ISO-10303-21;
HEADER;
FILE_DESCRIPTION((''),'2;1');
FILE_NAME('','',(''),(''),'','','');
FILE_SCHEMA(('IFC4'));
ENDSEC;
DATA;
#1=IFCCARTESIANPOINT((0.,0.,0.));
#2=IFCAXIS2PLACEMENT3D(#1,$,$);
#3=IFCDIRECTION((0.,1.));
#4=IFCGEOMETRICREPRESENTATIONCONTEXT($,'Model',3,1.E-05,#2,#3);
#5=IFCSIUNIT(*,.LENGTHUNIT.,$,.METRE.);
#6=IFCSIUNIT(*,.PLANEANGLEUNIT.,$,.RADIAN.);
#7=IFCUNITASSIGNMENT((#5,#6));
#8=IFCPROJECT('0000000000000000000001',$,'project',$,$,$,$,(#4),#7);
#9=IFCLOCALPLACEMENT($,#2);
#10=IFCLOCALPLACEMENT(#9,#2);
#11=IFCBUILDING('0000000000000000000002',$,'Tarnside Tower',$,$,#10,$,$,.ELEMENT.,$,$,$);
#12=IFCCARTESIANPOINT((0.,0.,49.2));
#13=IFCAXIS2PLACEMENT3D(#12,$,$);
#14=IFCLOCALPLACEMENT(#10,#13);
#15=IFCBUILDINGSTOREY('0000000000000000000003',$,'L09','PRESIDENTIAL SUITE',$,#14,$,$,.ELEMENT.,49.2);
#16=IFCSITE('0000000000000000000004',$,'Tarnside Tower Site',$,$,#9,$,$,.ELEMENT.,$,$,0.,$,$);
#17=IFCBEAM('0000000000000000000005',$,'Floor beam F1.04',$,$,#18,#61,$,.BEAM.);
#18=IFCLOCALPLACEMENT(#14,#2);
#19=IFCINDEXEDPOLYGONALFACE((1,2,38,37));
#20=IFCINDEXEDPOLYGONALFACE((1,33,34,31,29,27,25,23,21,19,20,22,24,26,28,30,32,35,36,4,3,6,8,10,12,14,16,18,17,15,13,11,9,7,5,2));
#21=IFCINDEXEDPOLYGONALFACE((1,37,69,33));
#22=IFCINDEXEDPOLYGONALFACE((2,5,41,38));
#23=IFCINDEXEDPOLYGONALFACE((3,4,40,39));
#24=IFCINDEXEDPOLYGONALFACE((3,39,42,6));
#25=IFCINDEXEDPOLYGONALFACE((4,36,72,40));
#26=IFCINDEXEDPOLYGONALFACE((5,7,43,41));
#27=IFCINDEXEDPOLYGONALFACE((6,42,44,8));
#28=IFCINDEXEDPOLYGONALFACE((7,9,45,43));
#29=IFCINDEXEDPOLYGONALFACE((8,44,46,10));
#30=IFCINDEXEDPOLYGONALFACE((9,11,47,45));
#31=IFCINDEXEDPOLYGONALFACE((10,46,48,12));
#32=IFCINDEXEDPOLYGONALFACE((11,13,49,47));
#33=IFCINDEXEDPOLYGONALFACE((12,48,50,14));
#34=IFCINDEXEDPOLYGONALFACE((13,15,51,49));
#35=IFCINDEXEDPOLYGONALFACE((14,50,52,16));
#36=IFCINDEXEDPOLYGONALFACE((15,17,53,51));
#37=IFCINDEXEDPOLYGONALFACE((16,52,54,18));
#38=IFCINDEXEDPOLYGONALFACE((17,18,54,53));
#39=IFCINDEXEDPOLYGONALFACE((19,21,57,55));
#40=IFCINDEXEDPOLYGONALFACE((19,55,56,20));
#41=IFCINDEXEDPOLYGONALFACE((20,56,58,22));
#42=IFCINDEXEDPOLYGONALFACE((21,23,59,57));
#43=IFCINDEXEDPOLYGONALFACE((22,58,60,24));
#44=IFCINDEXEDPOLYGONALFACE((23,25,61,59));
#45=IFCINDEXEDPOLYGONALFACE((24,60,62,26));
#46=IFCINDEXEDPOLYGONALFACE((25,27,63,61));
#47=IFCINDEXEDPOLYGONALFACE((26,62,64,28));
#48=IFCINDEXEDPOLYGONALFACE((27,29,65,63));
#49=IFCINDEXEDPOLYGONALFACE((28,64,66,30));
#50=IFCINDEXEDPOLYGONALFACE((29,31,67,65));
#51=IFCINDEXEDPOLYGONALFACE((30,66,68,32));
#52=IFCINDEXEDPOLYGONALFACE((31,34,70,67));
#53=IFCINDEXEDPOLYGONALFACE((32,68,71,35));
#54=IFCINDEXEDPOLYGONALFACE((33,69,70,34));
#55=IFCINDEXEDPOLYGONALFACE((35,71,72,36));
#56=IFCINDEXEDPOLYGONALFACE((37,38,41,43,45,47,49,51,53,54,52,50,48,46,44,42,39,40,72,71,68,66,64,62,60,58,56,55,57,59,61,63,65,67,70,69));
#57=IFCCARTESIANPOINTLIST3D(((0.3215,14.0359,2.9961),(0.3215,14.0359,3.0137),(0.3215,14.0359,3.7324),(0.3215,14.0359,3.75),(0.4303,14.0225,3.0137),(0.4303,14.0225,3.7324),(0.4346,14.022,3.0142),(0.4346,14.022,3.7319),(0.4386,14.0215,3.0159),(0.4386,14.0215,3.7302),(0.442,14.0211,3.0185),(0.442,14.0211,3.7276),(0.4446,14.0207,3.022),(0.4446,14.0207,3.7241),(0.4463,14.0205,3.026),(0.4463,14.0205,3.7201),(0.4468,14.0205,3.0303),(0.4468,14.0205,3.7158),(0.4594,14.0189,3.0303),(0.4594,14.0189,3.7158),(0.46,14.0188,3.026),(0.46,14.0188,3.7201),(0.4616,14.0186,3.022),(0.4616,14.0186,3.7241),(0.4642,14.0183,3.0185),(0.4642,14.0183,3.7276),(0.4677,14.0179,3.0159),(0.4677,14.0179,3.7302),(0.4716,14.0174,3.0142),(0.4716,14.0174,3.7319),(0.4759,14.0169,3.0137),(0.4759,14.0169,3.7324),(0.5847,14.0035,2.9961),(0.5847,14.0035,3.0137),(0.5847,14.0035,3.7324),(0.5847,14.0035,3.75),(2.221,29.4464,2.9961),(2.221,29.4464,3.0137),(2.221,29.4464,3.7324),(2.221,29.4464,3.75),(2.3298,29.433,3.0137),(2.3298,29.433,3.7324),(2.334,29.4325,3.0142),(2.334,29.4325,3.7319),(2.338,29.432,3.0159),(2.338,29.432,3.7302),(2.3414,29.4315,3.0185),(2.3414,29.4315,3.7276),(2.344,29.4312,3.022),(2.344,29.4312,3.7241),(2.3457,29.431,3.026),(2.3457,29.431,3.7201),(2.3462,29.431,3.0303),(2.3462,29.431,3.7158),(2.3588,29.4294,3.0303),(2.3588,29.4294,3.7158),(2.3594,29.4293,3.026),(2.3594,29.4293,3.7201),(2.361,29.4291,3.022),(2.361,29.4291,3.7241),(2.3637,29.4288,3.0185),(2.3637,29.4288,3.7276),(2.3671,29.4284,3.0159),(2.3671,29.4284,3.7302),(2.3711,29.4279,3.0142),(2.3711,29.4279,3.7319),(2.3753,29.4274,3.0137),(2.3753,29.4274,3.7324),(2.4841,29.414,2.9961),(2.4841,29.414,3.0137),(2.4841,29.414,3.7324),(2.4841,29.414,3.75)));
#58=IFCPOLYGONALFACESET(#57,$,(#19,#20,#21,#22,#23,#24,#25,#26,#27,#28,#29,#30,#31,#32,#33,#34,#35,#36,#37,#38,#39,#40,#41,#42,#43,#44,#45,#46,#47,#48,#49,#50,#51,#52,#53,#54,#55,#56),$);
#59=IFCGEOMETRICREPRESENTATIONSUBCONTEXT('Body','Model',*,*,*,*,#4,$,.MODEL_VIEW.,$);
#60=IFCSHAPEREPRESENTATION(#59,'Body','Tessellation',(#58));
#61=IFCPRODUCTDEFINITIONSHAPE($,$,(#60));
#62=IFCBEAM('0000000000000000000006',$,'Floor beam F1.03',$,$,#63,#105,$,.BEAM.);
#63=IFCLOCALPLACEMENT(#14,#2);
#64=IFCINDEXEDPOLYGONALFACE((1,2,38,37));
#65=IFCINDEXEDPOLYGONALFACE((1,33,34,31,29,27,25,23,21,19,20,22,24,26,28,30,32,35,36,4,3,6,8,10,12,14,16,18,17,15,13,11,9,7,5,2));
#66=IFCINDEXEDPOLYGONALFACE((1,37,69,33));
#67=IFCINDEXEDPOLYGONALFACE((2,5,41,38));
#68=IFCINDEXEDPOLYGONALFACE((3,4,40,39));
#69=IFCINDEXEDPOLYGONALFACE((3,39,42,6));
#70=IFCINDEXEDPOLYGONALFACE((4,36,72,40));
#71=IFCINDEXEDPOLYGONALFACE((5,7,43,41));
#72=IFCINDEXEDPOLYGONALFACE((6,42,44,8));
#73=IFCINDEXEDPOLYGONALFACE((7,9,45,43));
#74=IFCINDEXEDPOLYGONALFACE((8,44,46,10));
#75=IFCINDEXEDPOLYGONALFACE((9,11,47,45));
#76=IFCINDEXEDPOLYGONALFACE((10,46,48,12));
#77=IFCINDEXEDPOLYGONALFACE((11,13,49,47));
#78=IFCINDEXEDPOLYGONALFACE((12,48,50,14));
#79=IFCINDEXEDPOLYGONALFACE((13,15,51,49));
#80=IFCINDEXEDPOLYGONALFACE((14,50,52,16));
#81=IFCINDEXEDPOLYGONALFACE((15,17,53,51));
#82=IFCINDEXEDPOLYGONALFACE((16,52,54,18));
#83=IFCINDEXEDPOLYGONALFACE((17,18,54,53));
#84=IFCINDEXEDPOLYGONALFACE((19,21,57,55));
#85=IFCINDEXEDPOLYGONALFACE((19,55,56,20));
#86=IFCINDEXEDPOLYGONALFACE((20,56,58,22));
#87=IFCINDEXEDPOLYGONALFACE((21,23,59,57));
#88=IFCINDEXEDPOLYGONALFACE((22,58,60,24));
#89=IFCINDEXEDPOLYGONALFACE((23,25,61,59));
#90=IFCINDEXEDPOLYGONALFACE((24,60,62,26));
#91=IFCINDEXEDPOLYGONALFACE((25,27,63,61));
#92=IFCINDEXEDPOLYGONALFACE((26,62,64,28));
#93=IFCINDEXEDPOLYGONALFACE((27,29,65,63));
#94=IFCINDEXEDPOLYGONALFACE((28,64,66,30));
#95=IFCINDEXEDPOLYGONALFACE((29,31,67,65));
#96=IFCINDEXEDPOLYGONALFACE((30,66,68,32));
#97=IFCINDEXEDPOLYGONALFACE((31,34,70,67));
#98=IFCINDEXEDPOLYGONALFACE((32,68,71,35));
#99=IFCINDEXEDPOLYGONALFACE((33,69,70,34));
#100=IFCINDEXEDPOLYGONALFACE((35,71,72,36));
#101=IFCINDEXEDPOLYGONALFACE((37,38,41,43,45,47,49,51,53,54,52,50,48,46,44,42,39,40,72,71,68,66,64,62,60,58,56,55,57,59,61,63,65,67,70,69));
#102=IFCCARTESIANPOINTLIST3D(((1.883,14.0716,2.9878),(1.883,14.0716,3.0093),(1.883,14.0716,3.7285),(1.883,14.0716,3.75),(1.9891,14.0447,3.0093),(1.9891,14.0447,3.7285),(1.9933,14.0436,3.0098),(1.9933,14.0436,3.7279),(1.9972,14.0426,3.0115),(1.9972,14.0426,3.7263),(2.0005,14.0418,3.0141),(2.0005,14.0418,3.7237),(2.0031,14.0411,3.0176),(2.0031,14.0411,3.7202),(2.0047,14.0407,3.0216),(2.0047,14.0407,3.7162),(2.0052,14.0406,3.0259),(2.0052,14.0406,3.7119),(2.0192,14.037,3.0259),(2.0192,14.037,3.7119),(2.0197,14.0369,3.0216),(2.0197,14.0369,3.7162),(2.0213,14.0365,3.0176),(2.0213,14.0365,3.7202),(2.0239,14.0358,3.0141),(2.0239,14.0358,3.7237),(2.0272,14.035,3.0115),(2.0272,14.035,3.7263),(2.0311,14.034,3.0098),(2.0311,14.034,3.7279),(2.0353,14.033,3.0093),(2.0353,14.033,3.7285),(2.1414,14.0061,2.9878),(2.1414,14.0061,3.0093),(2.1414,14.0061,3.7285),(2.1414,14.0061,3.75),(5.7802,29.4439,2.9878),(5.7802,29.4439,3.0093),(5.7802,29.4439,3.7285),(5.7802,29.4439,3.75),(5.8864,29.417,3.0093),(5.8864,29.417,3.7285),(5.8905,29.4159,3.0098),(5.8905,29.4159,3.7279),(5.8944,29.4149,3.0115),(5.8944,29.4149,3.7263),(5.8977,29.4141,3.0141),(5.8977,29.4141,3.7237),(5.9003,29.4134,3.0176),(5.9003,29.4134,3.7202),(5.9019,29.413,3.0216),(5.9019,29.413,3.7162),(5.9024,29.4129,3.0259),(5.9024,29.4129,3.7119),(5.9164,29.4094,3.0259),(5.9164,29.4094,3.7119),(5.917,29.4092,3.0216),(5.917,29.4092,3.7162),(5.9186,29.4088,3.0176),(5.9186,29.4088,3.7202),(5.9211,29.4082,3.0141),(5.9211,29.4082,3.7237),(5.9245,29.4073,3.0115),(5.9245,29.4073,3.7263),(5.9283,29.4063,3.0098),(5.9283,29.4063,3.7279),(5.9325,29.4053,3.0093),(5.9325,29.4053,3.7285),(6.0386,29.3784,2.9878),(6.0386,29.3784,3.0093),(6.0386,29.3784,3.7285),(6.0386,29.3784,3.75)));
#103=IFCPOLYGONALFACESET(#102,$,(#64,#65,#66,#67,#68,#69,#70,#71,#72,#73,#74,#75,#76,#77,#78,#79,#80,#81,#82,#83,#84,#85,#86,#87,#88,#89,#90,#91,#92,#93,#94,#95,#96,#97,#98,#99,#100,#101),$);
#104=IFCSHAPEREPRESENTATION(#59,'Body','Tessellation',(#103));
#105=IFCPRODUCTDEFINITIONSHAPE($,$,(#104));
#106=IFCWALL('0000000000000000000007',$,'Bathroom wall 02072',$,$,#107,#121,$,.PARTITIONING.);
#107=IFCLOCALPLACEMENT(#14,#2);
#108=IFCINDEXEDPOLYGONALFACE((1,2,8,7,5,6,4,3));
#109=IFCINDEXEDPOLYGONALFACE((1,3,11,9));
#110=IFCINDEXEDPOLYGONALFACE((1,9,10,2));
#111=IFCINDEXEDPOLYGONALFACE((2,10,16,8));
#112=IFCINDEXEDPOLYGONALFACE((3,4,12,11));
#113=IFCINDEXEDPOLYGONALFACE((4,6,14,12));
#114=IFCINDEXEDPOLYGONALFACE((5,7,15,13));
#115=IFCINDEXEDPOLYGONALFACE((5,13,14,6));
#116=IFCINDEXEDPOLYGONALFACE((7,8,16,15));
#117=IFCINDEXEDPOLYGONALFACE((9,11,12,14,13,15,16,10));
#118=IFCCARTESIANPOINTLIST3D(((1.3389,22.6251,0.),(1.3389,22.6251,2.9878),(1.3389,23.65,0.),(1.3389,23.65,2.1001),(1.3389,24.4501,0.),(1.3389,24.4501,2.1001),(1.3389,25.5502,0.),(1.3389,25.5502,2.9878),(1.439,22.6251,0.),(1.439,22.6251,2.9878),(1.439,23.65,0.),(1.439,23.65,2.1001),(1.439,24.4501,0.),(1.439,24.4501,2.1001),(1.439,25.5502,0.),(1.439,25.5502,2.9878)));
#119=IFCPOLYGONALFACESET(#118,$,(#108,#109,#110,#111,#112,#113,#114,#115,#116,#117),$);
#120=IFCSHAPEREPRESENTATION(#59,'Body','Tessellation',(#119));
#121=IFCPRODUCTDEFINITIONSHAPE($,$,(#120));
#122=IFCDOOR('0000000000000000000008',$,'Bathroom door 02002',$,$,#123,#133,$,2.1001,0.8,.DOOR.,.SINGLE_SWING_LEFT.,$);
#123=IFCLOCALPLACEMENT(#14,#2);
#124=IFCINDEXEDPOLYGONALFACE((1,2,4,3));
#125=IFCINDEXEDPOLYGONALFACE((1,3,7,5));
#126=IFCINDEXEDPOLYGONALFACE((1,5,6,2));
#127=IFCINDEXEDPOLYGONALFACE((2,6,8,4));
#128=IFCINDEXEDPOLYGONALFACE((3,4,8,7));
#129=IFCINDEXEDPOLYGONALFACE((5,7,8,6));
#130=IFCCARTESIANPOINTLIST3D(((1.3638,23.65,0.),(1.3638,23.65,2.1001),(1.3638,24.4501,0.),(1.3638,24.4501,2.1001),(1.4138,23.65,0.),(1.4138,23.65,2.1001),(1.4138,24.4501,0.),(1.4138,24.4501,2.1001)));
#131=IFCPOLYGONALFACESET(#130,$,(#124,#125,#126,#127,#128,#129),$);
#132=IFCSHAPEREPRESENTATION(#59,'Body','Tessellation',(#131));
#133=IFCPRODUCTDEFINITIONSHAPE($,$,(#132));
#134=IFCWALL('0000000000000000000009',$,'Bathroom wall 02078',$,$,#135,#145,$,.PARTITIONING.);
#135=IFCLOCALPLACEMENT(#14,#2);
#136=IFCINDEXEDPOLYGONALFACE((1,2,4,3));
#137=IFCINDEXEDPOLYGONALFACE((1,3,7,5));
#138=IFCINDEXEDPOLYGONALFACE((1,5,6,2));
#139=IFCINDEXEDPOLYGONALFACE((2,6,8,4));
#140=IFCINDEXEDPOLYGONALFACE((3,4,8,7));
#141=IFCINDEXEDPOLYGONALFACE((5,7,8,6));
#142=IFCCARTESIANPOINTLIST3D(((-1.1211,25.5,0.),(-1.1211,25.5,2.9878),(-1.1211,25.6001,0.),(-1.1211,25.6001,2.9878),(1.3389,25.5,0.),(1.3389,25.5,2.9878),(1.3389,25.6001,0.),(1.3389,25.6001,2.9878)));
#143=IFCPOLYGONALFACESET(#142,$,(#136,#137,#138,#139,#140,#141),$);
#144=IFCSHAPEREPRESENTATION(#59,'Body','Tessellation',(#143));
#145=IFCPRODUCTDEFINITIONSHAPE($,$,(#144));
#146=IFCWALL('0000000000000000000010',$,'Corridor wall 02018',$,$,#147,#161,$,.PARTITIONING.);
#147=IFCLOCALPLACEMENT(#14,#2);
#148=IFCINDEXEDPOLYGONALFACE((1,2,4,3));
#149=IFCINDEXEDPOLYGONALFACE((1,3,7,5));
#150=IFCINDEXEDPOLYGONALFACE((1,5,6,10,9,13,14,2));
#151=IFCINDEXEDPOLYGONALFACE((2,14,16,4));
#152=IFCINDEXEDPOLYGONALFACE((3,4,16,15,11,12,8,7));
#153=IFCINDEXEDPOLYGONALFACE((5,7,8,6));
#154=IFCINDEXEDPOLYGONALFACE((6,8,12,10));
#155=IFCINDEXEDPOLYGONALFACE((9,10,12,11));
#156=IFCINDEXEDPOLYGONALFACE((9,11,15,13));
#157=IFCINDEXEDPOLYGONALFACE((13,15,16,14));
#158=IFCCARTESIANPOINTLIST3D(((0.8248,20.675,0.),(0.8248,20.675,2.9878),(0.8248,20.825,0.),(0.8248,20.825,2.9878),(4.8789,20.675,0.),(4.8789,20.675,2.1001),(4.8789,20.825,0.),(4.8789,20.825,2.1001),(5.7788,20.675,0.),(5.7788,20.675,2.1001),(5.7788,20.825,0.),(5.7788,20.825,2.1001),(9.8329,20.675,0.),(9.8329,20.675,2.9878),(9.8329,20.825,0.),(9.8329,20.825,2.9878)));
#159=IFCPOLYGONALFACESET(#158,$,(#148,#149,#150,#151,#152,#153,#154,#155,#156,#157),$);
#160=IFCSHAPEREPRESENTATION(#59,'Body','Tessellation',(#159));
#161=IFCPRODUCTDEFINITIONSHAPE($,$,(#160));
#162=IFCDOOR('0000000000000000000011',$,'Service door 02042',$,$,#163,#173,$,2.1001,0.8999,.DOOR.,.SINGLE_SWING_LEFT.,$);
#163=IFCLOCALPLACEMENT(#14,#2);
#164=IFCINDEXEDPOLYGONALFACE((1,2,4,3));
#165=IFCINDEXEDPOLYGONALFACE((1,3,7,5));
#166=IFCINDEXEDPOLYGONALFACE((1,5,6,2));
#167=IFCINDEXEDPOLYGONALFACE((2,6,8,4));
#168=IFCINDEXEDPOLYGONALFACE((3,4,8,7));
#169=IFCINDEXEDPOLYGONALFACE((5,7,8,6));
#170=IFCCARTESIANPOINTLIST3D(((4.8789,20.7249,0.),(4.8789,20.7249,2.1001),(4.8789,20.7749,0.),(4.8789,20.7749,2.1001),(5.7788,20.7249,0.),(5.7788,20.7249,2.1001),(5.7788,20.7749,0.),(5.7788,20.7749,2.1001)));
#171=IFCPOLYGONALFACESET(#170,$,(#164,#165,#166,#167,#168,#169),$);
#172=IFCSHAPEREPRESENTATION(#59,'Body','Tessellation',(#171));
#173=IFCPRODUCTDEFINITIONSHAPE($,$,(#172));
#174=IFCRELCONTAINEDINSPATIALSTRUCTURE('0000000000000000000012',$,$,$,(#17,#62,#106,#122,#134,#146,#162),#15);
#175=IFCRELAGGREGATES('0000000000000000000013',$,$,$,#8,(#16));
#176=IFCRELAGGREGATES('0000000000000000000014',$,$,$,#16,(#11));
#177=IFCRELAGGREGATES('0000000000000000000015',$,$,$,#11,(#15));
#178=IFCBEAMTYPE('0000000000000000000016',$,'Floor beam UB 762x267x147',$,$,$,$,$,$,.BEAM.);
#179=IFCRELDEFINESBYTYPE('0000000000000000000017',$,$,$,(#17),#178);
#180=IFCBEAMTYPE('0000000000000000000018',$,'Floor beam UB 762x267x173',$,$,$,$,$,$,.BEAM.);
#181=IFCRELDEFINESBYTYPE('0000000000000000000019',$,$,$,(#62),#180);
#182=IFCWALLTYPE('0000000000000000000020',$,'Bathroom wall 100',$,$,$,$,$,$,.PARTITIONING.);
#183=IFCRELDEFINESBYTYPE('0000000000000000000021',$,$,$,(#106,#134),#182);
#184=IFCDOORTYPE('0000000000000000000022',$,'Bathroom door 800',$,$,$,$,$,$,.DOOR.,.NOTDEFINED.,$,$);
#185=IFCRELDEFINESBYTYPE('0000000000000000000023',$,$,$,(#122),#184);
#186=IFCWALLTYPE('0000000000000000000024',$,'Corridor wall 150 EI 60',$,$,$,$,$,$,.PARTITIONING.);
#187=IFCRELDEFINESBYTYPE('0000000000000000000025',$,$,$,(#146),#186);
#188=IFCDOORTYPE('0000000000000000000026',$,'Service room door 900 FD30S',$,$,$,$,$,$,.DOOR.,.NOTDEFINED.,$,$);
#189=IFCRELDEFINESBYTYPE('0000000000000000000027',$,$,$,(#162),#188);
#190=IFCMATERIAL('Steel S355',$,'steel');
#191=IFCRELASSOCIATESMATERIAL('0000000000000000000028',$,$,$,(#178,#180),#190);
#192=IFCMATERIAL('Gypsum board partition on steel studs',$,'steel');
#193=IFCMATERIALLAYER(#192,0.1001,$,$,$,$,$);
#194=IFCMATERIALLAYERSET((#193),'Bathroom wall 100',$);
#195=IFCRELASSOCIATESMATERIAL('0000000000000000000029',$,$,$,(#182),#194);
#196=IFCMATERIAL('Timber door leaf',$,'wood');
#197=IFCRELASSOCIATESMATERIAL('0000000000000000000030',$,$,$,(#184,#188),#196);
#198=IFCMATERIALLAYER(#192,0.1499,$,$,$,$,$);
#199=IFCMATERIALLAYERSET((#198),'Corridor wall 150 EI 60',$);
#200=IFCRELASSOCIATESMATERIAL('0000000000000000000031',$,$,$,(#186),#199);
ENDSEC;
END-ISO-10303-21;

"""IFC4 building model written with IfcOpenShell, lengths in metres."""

from ifc_helpers import new_model, si_unit, direction, frame, frame_2d, origin, origin_2d, place, context, subcontext, project, spatial, rectangle, i_section, extrude, material, layer, layer_set, material_profile, profile_set, type_object, element, fill, save


model = new_model("IFC4")

# Units and contexts
model_context = context("Model", 3, precision=1e-05, world=origin(), true_north=direction((0.0, 1.0)))
body_context = subcontext(model_context, "Body", "Model", "MODEL_VIEW")
ifc_project = project(units=[si_unit("LENGTHUNIT", "METRE"), si_unit("PLANEANGLEUNIT", "RADIAN")], contexts=[model_context])

# Site, building, storey
site_placement = place(None, origin())
site = spatial("IfcSite", under=ifc_project, at=site_placement, Name="Tarnside Tower Site", CompositionType="ELEMENT", RefElevation=0.0)
building_placement = place(site_placement, origin())
building = spatial("IfcBuilding", under=site, at=building_placement, Name="Tarnside Tower", CompositionType="ELEMENT")
storey_placement = place(building_placement, frame((0.0, 0.0, 49.2)))
storey = spatial("IfcBuildingStorey", under=building, at=storey_placement, Name="L09", Description="PRESIDENTIAL SUITE", CompositionType="ELEMENT", Elevation=49.2)

# Beams
ifc_material_1 = material(Name="Steel S355", Category="steel")
ifc_material_profile_1 = material_profile(ifc_material_1, i_section(OverallWidth=0.2651, OverallDepth=0.7539, WebThickness=0.0127, FlangeThickness=0.0176, FilletRadius=0.0166, at=origin_2d()), Name="UB 762x267x147")
ifc_profile_set_1 = profile_set([ifc_material_profile_1], Name="Steel S355")
beam_type_1 = type_object("IfcBeamType", Name="Floor beam UB 762x267x147", PredefinedType="BEAM", material=ifc_profile_set_1)
beam_1_placement = place(storey_placement, frame((2.3525, 29.4302, 3.373), z_axis=(-0.12233, -0.99249, 0.0), x_axis=(0.99249, -0.12233, 0.0)))
element("IfcBeam", 1, at=beam_1_placement, inside=storey, type_object=beam_type_1, Name="Floor beam F1.04", PredefinedType="BEAM", context=body_context, shape_type="SweptSolid", body=[
    extrude(i_section(OverallWidth=0.2651, OverallDepth=0.7539, WebThickness=0.0127, FlangeThickness=0.0176, FilletRadius=0.0166, at=origin_2d()), origin(), (0.0, 0.0, 1.0), 15.5271),
])
ifc_material_profile_2 = material_profile(ifc_material_1, i_section(OverallWidth=0.2666, OverallDepth=0.7622, WebThickness=0.0144, FlangeThickness=0.0215, FilletRadius=0.0166, at=origin_2d()), Name="UB 762x267x173")
ifc_profile_set_2 = profile_set([ifc_material_profile_2], Name="Steel S355")
beam_type_2 = type_object("IfcBeamType", Name="Floor beam UB 762x267x173", PredefinedType="BEAM", material=ifc_profile_set_2)
beam_2_placement = place(storey_placement, frame((5.9094, 29.4111, 3.3689), z_axis=(-0.245747, -0.969334, 0.0), x_axis=(0.969334, -0.245747, 0.0)))
element("IfcBeam", 2, at=beam_2_placement, inside=storey, type_object=beam_type_2, Name="Floor beam F1.03", PredefinedType="BEAM", context=body_context, shape_type="SweptSolid", body=[
    extrude(i_section(OverallWidth=0.2666, OverallDepth=0.7622, WebThickness=0.0144, FlangeThickness=0.0215, FilletRadius=0.0166, at=origin_2d()), origin(), (0.0, 0.0, 1.0), 15.8586),
])

# Wall, opening, door
ifc_material_2 = material(Name="Gypsum board partition on steel studs", Category="steel")
ifc_layer_1 = layer(ifc_material_2, 0.1001)
ifc_layer_set_1 = layer_set([ifc_layer_1], Name="Bathroom wall 100")
wall_type_1 = type_object("IfcWallType", Name="Bathroom wall 100", PredefinedType="PARTITIONING", material=ifc_layer_set_1)
wall_1_placement = place(storey_placement, frame((1.3889, 25.55, 0.0), z_axis=(0.0, 0.0, 1.0), x_axis=(0.0, -1.0, 0.0)))
wall_1 = element("IfcWall", 3, at=wall_1_placement, inside=storey, type_object=wall_type_1, Name="Bathroom wall 02072", PredefinedType="PARTITIONING", context=body_context, shape_type="SweptSolid", body=[
    extrude(rectangle(XDim=2.925, YDim=0.1001, at=frame_2d((1.4624, 0.0))), origin(), (0.0, 0.0, 1.0), 2.9878),
])
opening_1_placement = place(wall_1_placement, frame((1.1001, 0.0, 0.0)))
opening_1 = element("IfcOpeningElement", 4, at=opening_1_placement, cuts=wall_1, PredefinedType="OPENING", context=body_context, shape_type="SweptSolid", body=[
    extrude(rectangle(XDim=0.8, YDim=2.1001, at=frame_2d((0.3999, 1.05))), frame((0.0, 0.0601, 0.0), z_axis=(0.0, -1.0, 0.0), x_axis=(1.0, 0.0, 0.0)), (0.0, 0.0, 1.0), 0.1201),
])
ifc_material_3 = material(Name="Timber door leaf", Category="wood")
door_type_1 = type_object("IfcDoorType", Name="Bathroom door 800", OperationType="NOTDEFINED", PredefinedType="DOOR", material=ifc_material_3)
door_1_placement = place(opening_1_placement, origin())
door_1 = element("IfcDoor", 5, at=door_1_placement, inside=storey, type_object=door_type_1, Name="Bathroom door 02002", OperationType="SINGLE_SWING_LEFT", OverallHeight=2.1001, OverallWidth=0.8, PredefinedType="DOOR", context=body_context, shape_type="SweptSolid", body=[
    extrude(rectangle(XDim=0.8, YDim=2.1001, at=frame_2d((0.3999, 1.05))), frame((0.0, 0.0249, 0.0), z_axis=(0.0, -1.0, 0.0), x_axis=(1.0, 0.0, 0.0)), (0.0, 0.0, 1.0), 0.05),
])
fill(opening_1, door_1)

# Wall
wall_2_placement = place(storey_placement, frame((1.3389, 25.55, 0.0), z_axis=(0.0, 0.0, 1.0), x_axis=(-1.0, 0.0, 0.0)))
element("IfcWall", 6, at=wall_2_placement, inside=storey, type_object=wall_type_1, Name="Bathroom wall 02078", PredefinedType="PARTITIONING", context=body_context, shape_type="SweptSolid", body=[
    extrude(rectangle(XDim=2.46, YDim=0.1001, at=frame_2d((1.23, 0.0))), origin(), (0.0, 0.0, 1.0), 2.9878),
])

# Wall, opening, door
ifc_layer_2 = layer(ifc_material_2, 0.1499)
ifc_layer_set_2 = layer_set([ifc_layer_2], Name="Corridor wall 150 EI 60")
wall_type_2 = type_object("IfcWallType", Name="Corridor wall 150 EI 60", PredefinedType="PARTITIONING", material=ifc_layer_set_2)
wall_3_placement = place(storey_placement, frame((0.825, 20.75, 0.0), z_axis=(0.0, 0.0, 1.0), x_axis=(1.0, 0.0, 0.0)))
wall_3 = element("IfcWall", 7, at=wall_3_placement, inside=storey, type_object=wall_type_2, Name="Corridor wall 02018", PredefinedType="PARTITIONING", context=body_context, shape_type="SweptSolid", body=[
    extrude(rectangle(XDim=9.0081, YDim=0.1499, at=frame_2d((4.5039, 0.0))), origin(), (0.0, 0.0, 1.0), 2.9878),
])
opening_2_placement = place(wall_3_placement, frame((4.054, 0.0, 0.0)))
opening_2 = element("IfcOpeningElement", 8, at=opening_2_placement, cuts=wall_3, PredefinedType="OPENING", context=body_context, shape_type="SweptSolid", body=[
    extrude(rectangle(XDim=0.8999, YDim=2.1001, at=frame_2d((0.45, 1.05))), frame((0.0, 0.085, 0.0), z_axis=(0.0, -1.0, 0.0), x_axis=(1.0, 0.0, 0.0)), (0.0, 0.0, 1.0), 0.1699),
])
door_type_2 = type_object("IfcDoorType", Name="Service room door 900 FD30S", OperationType="NOTDEFINED", PredefinedType="DOOR", material=ifc_material_3)
door_2_placement = place(opening_2_placement, origin())
door_2 = element("IfcDoor", 9, at=door_2_placement, inside=storey, type_object=door_type_2, Name="Service door 02042", OperationType="SINGLE_SWING_LEFT", OverallHeight=2.1001, OverallWidth=0.8999, PredefinedType="DOOR", context=body_context, shape_type="SweptSolid", body=[
    extrude(rectangle(XDim=0.8999, YDim=2.1001, at=frame_2d((0.45, 1.05))), frame((0.0, 0.0249, 0.0), z_axis=(0.0, -1.0, 0.0), x_axis=(1.0, 0.0, 0.0)), (0.0, 0.0, 1.0), 0.05),
])
fill(opening_2, door_2)

save(model, "model.ifc")
